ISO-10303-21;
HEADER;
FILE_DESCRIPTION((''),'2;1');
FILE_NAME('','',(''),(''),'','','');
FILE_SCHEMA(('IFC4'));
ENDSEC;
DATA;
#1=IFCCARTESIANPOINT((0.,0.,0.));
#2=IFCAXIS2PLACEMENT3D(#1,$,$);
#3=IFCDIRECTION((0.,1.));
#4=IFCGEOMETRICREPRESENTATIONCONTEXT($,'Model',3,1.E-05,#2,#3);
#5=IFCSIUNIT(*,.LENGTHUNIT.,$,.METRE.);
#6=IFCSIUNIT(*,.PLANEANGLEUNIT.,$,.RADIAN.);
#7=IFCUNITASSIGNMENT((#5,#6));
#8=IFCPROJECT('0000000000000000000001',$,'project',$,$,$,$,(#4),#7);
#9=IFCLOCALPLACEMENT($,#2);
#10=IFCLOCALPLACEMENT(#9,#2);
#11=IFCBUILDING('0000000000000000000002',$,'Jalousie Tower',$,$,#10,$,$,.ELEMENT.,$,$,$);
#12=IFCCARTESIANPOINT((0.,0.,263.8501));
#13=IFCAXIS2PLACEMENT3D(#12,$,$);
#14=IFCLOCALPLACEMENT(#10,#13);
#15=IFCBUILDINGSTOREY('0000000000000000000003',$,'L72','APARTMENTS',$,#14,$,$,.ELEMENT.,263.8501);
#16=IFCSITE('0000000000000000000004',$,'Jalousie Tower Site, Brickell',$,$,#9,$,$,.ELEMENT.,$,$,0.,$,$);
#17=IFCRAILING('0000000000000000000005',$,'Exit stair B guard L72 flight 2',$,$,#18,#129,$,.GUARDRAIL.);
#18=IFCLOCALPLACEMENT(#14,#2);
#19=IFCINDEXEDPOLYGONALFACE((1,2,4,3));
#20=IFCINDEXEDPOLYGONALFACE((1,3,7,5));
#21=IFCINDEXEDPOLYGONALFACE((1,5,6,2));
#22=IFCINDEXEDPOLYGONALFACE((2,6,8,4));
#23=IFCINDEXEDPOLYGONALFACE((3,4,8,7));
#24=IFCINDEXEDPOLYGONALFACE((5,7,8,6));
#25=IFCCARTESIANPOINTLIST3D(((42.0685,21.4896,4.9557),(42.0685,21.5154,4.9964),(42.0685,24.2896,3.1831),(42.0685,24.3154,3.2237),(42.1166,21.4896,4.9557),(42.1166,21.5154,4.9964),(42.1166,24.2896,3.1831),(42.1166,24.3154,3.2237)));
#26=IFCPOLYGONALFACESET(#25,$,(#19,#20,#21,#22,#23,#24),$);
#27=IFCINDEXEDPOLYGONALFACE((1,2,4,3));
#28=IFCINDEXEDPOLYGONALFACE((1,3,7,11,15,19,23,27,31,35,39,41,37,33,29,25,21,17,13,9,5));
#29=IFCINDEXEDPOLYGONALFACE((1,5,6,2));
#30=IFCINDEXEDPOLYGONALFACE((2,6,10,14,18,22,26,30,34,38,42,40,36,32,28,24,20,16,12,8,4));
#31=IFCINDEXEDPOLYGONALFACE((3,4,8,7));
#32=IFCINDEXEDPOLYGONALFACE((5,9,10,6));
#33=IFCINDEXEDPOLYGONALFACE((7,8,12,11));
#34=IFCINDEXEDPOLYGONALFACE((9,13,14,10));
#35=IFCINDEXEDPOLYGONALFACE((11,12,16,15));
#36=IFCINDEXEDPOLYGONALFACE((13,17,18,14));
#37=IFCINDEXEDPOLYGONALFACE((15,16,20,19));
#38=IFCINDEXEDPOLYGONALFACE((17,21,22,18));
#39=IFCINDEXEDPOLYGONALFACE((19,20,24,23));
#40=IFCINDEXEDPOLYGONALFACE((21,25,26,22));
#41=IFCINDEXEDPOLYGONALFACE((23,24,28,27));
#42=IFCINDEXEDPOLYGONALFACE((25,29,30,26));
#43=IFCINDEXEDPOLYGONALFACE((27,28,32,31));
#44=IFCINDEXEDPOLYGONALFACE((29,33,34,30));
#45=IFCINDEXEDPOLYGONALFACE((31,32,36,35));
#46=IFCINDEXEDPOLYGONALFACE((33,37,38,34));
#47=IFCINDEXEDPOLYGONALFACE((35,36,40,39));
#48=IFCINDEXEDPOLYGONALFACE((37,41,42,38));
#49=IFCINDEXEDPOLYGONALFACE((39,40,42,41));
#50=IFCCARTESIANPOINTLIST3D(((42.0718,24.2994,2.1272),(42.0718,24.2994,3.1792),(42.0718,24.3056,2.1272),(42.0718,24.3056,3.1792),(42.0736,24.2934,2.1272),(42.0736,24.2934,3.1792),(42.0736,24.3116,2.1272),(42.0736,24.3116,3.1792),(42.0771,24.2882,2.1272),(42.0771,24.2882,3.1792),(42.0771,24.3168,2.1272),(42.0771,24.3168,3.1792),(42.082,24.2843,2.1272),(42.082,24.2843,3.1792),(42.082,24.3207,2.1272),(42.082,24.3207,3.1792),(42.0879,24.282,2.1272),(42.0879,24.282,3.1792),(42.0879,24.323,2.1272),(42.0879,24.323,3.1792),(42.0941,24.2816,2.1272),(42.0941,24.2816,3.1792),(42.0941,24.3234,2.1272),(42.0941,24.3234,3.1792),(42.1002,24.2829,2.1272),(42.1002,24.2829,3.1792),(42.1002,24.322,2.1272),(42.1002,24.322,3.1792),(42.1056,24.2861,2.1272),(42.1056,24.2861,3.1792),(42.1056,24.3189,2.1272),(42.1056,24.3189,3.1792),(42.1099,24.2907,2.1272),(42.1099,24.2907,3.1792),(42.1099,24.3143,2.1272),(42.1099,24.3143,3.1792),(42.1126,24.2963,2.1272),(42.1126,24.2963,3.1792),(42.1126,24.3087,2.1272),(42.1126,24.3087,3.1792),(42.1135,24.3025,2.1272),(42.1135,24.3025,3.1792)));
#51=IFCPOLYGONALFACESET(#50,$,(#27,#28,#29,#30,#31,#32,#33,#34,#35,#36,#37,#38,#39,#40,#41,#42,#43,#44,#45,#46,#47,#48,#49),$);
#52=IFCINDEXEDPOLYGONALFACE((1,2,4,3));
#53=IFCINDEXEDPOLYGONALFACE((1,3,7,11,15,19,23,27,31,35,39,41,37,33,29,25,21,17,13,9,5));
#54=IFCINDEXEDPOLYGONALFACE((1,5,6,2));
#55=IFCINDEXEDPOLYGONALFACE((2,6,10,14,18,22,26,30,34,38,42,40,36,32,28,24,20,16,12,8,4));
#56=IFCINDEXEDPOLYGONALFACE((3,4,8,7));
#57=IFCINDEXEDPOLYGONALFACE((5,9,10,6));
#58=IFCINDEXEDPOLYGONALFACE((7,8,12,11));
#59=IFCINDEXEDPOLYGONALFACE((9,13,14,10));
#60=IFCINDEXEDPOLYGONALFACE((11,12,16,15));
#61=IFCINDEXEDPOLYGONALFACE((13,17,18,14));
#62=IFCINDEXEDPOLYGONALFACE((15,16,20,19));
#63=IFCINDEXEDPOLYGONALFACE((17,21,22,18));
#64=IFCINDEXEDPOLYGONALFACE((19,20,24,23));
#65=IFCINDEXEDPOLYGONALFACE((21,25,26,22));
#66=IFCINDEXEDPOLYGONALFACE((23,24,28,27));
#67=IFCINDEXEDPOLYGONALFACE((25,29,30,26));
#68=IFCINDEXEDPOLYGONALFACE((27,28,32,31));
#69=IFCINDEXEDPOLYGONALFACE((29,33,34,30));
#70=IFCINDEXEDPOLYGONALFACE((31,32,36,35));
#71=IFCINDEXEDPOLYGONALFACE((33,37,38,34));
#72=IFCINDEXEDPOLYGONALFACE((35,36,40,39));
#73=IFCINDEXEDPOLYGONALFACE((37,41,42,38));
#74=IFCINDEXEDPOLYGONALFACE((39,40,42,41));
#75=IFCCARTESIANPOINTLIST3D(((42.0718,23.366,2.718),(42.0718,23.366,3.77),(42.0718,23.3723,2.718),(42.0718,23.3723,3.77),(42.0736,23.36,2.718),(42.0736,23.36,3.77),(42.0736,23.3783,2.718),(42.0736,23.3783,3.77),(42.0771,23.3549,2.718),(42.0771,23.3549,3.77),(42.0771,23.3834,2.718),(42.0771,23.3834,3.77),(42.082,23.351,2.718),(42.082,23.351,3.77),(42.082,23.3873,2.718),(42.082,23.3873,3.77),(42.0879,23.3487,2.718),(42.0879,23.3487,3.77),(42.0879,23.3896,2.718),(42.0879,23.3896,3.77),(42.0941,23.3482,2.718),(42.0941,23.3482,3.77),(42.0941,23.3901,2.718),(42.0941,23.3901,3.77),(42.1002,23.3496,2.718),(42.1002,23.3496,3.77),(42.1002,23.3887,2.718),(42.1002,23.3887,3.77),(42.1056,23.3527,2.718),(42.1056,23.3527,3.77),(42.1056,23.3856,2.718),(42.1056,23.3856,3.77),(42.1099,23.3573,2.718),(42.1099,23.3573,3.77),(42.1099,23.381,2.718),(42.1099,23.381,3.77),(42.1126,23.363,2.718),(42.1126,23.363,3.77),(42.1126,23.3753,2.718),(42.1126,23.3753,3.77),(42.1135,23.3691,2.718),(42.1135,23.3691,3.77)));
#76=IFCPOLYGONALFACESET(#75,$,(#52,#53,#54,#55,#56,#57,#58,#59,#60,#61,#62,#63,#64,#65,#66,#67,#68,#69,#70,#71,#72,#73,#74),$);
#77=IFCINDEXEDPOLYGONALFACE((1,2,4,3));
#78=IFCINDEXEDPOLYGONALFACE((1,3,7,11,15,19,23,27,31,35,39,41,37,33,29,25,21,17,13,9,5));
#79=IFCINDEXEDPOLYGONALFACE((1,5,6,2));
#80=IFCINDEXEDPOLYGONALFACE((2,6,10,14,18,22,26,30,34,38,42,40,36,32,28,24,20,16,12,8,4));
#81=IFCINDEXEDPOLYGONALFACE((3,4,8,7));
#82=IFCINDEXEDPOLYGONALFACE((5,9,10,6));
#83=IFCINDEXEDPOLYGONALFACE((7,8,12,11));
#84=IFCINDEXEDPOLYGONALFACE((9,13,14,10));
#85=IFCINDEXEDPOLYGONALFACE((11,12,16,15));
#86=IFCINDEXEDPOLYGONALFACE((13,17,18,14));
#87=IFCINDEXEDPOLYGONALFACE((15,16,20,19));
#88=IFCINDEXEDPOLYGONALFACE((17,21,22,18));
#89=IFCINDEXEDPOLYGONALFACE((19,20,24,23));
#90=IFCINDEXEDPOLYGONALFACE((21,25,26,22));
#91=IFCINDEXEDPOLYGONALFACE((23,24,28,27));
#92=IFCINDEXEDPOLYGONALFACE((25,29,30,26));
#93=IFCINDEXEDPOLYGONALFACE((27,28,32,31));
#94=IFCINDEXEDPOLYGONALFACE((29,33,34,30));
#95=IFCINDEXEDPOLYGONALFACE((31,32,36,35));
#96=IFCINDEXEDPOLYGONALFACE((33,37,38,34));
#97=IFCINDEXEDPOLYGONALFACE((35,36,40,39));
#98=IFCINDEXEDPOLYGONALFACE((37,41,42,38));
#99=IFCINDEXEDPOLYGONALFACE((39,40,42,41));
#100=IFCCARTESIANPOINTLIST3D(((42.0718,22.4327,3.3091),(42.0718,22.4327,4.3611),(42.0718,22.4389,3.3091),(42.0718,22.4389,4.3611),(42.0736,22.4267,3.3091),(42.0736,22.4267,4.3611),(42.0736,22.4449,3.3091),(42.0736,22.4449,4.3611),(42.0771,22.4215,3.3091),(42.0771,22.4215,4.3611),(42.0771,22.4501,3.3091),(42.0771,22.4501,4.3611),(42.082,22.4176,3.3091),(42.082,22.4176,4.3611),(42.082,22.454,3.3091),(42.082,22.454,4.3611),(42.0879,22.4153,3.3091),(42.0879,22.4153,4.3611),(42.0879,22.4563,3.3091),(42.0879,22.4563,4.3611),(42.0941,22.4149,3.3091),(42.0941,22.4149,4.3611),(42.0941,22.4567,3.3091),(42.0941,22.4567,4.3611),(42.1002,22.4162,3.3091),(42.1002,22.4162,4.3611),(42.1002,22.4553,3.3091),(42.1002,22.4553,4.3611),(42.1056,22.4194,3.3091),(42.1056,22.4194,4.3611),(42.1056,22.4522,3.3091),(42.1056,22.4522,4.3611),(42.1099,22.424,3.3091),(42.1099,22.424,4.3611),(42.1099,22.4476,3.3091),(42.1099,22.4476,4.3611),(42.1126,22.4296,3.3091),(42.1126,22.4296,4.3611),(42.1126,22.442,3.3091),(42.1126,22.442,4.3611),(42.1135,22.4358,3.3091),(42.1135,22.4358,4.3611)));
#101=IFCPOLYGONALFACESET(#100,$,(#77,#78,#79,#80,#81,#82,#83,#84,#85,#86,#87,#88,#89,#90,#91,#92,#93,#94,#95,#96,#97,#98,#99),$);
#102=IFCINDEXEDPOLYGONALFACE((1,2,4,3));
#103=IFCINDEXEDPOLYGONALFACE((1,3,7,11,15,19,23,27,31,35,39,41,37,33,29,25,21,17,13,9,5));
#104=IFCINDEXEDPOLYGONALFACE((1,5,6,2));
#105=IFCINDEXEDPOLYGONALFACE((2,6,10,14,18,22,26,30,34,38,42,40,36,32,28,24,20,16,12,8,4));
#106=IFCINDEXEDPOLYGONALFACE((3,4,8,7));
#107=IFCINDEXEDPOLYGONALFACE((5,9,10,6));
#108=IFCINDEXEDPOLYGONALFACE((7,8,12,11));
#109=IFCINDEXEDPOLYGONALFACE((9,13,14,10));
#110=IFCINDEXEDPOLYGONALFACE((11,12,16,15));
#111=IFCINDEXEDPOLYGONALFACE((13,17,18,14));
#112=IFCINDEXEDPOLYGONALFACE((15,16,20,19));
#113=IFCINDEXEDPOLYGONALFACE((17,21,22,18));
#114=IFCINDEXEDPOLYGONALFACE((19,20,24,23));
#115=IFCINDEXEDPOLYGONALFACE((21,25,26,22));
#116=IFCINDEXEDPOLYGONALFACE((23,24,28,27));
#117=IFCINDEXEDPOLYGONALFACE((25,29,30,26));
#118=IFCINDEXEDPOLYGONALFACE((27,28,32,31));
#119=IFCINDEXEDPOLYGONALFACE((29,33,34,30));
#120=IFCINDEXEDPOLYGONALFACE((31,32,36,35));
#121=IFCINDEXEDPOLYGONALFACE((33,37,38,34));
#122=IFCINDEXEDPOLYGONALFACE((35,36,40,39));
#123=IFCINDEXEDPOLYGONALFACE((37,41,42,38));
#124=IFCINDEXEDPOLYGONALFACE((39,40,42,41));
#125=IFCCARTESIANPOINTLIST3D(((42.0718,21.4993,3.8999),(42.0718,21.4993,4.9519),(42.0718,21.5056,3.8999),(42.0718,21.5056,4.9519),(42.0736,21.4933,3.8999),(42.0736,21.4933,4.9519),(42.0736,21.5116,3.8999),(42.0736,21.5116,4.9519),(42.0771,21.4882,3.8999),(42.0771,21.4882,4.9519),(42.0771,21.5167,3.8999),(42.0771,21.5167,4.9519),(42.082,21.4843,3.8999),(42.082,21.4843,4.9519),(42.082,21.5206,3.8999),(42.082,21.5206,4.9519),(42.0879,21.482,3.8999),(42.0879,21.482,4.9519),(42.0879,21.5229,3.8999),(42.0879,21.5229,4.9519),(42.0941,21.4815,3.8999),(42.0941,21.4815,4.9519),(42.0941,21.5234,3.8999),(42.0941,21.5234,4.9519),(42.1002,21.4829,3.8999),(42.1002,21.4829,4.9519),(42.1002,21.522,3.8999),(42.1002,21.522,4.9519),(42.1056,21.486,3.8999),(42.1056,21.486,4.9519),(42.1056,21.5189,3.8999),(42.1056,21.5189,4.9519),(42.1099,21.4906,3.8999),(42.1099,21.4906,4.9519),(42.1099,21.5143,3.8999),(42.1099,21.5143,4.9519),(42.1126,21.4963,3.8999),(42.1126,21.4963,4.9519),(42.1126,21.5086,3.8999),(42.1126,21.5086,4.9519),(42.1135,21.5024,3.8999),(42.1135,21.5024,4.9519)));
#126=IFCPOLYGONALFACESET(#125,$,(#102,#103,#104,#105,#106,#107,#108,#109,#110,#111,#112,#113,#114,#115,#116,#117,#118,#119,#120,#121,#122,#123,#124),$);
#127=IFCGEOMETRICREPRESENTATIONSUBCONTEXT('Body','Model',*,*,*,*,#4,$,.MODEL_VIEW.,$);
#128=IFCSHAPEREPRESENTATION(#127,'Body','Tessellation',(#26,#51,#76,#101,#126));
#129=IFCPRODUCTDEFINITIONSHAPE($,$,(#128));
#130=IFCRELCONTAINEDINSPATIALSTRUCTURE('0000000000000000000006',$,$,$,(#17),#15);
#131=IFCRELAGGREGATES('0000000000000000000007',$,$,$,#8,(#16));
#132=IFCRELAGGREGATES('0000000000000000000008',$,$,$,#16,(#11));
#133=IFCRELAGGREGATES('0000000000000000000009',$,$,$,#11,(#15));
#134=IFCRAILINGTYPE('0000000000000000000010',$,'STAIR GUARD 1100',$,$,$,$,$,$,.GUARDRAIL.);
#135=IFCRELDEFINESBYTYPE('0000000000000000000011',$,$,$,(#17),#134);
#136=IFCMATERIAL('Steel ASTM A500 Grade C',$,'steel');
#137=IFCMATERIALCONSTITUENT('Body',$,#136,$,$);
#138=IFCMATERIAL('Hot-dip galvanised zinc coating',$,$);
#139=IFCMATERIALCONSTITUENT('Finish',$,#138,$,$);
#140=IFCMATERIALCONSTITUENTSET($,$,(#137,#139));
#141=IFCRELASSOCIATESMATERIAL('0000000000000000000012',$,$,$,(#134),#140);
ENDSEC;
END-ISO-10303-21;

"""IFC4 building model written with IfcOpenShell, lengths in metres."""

from ifc_helpers import new_model, si_unit, direction, frame, origin, origin_2d, place, context, subcontext, project, spatial, rectangle, circle, extrude, material, constituent, constituent_set, type_object, element, save


model = new_model("IFC4")

# Units and contexts
model_context = context("Model", 3, precision=1e-05, world=origin(), true_north=direction((0.0, 1.0)))
body_context = subcontext(model_context, "Body", "Model", "MODEL_VIEW")
ifc_project = project(units=[si_unit("LENGTHUNIT", "METRE"), si_unit("PLANEANGLEUNIT", "RADIAN")], contexts=[model_context])

# Site, building, storey
site_placement = place(None, origin())
site = spatial("IfcSite", under=ifc_project, at=site_placement, Name="Jalousie Tower Site, Brickell", CompositionType="ELEMENT", RefElevation=0.0)
building_placement = place(site_placement, origin())
building = spatial("IfcBuilding", under=site, at=building_placement, Name="Jalousie Tower", CompositionType="ELEMENT")
storey_placement = place(building_placement, frame((0.0, 0.0, 263.8501)))
storey = spatial("IfcBuildingStorey", under=building, at=storey_placement, Name="L72", Description="APARTMENTS", CompositionType="ELEMENT", Elevation=263.8501)

# Railing
ifc_material_1 = material(Name="Steel ASTM A500 Grade C", Category="steel")
ifc_constituent_1 = constituent(ifc_material_1, Name="Body")
ifc_material_2 = material(Name="Hot-dip galvanised zinc coating")
ifc_constituent_2 = constituent(ifc_material_2, Name="Finish")
ifc_constituent_set_1 = constituent_set(constituents=[ifc_constituent_1, ifc_constituent_2])
railing_type_1 = type_object("IfcRailingType", Name="STAIR GUARD 1100", PredefinedType="GUARDRAIL", material=ifc_constituent_set_1)
railing_1_placement = place(storey_placement, frame((42.0925, 24.3025, 2.1272)))
element("IfcRailing", 1, at=railing_1_placement, inside=storey, type_object=railing_type_1, Name="Exit stair B guard L72 flight 2", PredefinedType="GUARDRAIL", context=body_context, shape_type="SweptSolid", body=[
    extrude(rectangle(XDim=0.0481, YDim=0.0481, at=origin_2d()), frame((0.0, 0.0, 1.0762), z_axis=(0.0, -0.844909, 0.53491), x_axis=(1.0, 0.0, 0.0)), (0.0, 0.0, 1.0), 3.314),
    extrude(circle(Radius=0.021, at=origin_2d()), origin(), (0.0, 0.0, 1.0), 1.052),
    extrude(circle(Radius=0.021, at=origin_2d()), frame((0.0, -0.9333, 0.5908)), (0.0, 0.0, 1.0), 1.052),
    extrude(circle(Radius=0.021, at=origin_2d()), frame((0.0, -1.8667, 1.1819)), (0.0, 0.0, 1.0), 1.052),
    extrude(circle(Radius=0.021, at=origin_2d()), frame((0.0, -2.8, 1.7727)), (0.0, 0.0, 1.0), 1.052),
])

save(model, "model.ifc")
